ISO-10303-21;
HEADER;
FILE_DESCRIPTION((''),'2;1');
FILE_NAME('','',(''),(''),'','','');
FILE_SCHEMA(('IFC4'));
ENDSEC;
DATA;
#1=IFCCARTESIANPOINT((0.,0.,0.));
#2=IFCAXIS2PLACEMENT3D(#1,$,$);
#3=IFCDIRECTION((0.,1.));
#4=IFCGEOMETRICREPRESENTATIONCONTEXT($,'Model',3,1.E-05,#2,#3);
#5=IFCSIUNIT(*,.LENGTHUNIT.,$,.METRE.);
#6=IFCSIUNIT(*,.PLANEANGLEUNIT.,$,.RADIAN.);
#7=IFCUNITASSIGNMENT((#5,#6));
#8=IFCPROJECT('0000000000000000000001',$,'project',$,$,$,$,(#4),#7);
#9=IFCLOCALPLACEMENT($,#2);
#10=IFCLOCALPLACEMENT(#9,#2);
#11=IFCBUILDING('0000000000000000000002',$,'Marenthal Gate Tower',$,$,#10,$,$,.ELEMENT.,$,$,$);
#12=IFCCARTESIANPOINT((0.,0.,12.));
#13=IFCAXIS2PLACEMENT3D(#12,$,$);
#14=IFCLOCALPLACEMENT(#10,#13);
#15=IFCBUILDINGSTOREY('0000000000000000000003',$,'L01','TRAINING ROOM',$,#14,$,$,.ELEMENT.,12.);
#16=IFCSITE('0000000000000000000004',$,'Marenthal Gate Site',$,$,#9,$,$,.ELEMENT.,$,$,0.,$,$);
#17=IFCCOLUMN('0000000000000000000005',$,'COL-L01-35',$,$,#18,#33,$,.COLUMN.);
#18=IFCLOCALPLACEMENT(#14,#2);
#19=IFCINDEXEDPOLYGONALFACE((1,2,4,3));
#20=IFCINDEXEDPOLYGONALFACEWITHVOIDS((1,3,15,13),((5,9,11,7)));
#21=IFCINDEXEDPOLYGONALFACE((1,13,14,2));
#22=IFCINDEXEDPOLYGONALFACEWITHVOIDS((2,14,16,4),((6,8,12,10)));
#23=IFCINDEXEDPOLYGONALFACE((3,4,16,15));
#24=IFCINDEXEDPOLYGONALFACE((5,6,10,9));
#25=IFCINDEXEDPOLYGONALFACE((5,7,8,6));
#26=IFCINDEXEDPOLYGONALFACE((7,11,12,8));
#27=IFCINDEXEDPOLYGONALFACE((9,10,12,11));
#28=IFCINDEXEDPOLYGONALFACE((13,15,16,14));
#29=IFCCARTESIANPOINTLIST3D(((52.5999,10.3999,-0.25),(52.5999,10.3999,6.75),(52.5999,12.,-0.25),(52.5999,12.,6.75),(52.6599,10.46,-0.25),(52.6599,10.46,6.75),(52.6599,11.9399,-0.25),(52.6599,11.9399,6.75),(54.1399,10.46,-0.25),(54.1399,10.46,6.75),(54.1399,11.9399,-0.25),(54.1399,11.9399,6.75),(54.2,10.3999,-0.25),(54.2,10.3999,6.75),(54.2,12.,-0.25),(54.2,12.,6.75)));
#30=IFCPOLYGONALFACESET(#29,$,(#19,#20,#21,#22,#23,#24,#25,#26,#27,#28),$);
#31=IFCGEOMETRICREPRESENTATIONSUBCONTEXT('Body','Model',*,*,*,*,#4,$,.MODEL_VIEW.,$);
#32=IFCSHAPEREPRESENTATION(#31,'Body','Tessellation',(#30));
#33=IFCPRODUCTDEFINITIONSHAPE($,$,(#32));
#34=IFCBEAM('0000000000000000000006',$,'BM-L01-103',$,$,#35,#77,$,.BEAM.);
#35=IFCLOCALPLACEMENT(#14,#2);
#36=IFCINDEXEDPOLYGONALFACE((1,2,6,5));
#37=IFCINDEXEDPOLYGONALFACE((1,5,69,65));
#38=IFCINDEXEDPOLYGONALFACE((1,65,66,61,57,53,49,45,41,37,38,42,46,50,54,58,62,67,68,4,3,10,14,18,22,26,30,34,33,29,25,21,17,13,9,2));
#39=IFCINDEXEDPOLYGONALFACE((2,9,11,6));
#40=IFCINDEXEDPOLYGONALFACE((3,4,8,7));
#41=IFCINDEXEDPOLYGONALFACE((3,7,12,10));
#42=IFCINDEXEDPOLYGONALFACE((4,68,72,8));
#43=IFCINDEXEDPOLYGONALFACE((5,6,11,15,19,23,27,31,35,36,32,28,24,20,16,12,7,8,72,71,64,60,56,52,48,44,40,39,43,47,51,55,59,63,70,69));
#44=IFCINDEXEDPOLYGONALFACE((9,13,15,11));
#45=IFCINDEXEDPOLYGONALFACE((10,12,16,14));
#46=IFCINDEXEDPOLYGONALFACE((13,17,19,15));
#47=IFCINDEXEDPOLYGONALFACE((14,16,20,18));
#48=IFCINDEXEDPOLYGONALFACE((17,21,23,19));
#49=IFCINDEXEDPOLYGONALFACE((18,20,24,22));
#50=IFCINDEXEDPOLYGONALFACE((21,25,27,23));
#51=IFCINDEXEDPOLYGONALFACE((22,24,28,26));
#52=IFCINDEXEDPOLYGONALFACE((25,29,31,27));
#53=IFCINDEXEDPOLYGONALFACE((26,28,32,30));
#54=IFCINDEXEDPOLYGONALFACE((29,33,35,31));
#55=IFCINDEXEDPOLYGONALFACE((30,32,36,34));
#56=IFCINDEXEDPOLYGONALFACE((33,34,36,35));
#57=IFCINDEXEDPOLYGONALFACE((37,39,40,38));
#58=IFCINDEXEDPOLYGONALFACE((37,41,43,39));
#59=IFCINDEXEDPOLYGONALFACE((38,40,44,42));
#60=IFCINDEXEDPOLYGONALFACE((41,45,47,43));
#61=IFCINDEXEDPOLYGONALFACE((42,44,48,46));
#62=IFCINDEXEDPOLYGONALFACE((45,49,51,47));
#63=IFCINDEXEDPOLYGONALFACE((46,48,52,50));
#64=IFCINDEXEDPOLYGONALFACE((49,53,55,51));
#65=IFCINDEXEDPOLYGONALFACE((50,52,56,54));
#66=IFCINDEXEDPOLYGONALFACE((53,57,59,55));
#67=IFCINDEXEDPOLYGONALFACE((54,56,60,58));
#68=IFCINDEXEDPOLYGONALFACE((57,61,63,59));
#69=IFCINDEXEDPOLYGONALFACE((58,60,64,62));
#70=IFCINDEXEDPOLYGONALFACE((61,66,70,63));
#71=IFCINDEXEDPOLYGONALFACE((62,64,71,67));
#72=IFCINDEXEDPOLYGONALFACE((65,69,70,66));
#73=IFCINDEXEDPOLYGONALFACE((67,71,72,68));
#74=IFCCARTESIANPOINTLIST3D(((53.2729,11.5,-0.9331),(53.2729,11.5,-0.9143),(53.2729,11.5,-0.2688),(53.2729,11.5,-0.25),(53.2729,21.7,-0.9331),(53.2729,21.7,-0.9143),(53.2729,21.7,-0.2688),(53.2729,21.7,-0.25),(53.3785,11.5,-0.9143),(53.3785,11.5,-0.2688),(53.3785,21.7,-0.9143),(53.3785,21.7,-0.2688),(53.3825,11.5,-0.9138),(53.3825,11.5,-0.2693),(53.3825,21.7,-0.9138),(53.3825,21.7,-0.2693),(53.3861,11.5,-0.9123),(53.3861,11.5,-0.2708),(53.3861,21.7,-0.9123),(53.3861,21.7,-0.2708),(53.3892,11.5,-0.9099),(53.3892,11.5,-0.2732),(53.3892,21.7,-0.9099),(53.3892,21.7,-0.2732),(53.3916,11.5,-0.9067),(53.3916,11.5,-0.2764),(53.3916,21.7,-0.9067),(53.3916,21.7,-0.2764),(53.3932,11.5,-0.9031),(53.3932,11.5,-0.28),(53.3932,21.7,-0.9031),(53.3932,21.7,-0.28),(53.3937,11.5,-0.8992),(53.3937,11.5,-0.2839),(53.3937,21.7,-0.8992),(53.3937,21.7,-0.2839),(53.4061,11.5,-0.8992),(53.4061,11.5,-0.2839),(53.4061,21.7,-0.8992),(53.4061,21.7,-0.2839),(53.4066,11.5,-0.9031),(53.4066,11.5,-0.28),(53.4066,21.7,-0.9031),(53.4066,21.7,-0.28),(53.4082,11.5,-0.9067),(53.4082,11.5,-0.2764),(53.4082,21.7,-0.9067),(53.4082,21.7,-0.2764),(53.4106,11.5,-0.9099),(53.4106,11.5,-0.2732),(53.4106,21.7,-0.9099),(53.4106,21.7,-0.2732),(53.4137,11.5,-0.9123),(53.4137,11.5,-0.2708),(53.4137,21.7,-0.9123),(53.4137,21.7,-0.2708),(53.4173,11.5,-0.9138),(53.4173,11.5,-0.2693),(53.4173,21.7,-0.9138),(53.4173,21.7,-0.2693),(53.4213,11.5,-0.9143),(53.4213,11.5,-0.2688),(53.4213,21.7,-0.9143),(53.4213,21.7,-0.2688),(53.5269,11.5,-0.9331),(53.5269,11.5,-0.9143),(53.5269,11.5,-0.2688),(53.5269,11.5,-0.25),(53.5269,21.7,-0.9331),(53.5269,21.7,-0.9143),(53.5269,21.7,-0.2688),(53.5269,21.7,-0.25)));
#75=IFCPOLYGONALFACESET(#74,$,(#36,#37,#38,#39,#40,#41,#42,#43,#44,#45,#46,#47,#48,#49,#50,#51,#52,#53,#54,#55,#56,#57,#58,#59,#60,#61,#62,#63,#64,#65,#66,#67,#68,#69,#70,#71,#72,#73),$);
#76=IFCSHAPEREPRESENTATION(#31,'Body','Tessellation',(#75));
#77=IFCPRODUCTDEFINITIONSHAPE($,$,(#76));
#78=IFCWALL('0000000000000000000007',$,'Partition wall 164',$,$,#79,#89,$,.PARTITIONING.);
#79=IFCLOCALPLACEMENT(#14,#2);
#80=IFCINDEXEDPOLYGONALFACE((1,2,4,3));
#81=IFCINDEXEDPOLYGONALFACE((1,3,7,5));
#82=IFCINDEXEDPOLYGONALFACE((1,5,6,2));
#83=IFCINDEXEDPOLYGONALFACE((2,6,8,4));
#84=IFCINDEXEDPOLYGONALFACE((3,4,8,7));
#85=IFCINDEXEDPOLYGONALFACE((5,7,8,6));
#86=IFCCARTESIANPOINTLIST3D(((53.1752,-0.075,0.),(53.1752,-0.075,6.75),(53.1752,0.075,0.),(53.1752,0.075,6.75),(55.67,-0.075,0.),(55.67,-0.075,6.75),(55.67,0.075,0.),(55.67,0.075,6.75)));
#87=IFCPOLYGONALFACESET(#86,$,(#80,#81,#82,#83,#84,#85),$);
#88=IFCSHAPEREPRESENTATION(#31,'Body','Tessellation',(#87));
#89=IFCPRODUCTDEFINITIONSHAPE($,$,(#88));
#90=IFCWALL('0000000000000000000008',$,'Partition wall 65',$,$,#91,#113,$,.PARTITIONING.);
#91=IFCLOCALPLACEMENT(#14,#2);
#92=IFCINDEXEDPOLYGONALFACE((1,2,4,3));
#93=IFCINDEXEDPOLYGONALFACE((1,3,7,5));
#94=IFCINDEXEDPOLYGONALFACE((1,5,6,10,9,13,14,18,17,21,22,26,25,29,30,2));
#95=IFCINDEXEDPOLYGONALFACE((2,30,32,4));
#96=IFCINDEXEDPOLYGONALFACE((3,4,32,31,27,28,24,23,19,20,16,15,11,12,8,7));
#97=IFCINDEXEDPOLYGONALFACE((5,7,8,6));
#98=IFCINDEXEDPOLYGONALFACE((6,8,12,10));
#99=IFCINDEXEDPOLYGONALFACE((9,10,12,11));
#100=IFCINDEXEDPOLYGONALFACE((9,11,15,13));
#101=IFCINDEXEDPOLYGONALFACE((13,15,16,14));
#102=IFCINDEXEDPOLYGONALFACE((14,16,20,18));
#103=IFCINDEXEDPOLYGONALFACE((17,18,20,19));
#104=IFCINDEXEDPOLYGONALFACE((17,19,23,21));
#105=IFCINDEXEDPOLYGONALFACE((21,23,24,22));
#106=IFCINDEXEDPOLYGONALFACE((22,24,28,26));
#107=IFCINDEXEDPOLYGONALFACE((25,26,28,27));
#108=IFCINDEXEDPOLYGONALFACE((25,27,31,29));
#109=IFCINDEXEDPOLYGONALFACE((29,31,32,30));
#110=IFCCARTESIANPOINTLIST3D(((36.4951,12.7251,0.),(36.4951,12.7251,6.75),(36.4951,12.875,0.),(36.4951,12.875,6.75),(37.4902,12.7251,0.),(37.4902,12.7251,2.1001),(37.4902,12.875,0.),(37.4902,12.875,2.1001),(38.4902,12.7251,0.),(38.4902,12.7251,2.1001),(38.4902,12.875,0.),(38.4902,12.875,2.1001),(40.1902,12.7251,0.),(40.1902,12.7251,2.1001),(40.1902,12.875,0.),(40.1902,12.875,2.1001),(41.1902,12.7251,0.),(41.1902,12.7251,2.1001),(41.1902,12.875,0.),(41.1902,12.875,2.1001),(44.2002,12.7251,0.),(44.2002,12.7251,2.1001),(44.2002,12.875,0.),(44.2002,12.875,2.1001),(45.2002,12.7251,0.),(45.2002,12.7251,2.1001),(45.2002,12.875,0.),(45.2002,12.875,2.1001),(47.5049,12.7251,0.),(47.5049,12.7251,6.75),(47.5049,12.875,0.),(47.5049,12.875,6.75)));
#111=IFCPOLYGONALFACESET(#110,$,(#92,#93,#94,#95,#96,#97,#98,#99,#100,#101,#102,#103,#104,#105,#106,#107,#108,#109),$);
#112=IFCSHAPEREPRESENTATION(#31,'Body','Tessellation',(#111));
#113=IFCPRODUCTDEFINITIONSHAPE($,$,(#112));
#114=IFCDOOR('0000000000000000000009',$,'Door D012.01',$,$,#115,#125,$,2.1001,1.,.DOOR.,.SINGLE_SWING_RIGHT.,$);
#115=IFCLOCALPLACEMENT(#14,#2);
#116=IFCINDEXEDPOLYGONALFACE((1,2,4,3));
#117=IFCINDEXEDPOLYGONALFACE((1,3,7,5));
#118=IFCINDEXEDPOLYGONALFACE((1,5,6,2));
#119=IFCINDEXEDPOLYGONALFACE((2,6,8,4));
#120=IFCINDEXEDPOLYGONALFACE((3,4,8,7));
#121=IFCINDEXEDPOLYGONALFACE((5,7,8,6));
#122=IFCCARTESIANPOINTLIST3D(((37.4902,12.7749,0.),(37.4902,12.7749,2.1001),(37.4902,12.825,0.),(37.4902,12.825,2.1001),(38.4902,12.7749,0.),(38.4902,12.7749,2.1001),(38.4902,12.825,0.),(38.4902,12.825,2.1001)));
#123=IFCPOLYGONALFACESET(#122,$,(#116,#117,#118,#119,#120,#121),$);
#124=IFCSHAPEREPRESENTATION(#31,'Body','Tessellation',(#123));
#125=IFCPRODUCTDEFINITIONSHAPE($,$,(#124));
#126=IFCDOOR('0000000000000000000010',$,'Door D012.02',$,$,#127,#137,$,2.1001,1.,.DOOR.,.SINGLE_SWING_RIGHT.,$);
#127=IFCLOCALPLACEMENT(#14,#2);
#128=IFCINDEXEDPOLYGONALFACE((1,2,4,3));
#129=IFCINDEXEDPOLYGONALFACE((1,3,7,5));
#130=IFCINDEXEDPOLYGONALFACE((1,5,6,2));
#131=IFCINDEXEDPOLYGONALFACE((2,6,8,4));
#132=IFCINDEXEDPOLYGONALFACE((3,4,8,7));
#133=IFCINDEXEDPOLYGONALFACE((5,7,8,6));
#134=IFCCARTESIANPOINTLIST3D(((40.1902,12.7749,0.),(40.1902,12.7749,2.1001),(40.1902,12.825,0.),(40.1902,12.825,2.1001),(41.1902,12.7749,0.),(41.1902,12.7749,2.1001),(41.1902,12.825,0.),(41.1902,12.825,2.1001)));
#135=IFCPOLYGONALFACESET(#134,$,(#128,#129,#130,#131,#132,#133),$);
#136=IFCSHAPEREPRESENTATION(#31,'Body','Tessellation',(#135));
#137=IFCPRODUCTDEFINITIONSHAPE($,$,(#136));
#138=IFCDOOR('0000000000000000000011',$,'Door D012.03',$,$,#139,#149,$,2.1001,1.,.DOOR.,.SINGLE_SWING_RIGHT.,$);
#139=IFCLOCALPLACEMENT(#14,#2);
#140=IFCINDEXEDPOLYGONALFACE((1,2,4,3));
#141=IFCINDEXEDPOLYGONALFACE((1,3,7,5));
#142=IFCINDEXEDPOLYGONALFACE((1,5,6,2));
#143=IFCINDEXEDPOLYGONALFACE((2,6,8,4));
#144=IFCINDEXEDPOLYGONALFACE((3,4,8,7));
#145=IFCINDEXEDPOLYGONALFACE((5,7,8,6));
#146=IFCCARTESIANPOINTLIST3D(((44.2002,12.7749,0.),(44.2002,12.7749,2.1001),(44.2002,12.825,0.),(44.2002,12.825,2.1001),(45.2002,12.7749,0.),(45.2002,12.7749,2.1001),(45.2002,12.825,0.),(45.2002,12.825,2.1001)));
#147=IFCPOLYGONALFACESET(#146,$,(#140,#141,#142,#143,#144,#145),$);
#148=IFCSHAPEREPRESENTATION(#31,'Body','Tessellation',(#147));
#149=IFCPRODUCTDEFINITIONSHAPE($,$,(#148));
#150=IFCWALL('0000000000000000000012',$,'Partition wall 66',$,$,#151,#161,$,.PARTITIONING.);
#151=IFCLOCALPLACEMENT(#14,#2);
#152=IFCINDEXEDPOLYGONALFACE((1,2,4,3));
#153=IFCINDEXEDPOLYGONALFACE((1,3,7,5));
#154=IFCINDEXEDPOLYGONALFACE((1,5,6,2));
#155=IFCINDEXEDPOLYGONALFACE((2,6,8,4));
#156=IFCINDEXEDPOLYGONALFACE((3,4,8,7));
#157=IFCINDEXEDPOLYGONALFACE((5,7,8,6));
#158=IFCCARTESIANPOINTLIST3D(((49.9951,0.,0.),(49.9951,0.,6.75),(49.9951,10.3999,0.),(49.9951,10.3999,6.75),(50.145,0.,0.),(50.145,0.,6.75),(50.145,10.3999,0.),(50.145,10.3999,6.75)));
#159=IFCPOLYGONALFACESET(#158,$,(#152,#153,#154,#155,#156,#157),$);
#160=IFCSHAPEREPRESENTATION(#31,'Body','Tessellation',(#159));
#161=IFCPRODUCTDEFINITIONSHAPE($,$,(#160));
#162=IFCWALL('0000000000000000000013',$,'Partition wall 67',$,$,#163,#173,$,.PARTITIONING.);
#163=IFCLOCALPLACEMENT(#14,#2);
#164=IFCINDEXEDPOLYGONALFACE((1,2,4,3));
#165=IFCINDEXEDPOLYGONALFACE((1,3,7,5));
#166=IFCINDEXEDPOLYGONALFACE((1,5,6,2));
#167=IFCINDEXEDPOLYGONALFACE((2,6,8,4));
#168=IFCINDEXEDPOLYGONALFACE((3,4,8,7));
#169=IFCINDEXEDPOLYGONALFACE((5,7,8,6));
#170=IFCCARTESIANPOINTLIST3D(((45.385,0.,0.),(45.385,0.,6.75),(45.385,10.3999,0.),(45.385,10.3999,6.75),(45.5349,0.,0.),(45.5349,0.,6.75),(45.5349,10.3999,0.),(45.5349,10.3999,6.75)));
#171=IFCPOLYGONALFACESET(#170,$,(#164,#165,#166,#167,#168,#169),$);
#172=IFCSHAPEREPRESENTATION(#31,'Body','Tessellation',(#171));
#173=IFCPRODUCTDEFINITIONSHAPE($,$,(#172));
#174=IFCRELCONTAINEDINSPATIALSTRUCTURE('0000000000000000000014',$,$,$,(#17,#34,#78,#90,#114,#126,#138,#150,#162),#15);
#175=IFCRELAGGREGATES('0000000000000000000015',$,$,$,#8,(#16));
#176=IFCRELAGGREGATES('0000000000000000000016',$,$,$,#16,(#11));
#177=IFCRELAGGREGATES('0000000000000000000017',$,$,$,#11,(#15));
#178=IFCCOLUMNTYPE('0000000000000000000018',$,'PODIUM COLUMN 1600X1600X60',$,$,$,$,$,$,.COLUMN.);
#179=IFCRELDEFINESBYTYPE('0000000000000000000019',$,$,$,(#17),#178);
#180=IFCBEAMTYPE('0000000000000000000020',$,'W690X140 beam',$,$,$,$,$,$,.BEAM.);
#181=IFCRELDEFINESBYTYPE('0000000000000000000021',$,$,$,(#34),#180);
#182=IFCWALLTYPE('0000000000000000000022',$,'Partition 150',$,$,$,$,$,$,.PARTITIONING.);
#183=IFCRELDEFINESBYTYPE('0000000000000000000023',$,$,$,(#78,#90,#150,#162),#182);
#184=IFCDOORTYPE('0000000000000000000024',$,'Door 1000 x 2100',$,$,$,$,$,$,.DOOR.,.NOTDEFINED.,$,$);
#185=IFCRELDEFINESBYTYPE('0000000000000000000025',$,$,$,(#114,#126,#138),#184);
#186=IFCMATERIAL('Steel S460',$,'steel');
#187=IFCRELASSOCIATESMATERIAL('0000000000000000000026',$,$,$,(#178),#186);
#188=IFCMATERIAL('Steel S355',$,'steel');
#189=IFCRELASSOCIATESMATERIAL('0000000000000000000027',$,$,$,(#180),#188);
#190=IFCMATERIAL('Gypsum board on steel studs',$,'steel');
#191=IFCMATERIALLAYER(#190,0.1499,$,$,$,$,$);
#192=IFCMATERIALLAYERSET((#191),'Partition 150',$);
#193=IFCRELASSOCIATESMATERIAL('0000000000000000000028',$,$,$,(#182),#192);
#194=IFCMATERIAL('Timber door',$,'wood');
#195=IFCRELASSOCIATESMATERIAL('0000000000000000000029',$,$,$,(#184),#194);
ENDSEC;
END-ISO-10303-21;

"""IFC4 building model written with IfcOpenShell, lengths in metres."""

from ifc_helpers import new_model, si_unit, direction, frame, frame_2d, origin, origin_2d, place, context, subcontext, project, spatial, rectangle, hollow_rectangle, i_section, extrude, material, layer, layer_set, material_profile, profile_set, type_object, element, fill, save


model = new_model("IFC4")

# Units and contexts
model_context = context("Model", 3, precision=1e-05, world=origin(), true_north=direction((0.0, 1.0)))
body_context = subcontext(model_context, "Body", "Model", "MODEL_VIEW")
ifc_project = project(units=[si_unit("LENGTHUNIT", "METRE"), si_unit("PLANEANGLEUNIT", "RADIAN")], contexts=[model_context])

# Site, building, storey
site_placement = place(None, origin())
site = spatial("IfcSite", under=ifc_project, at=site_placement, Name="Marenthal Gate Site", CompositionType="ELEMENT", RefElevation=0.0)
building_placement = place(site_placement, origin())
building = spatial("IfcBuilding", under=site, at=building_placement, Name="Marenthal Gate Tower", CompositionType="ELEMENT")
storey_placement = place(building_placement, frame((0.0, 0.0, 12.0)))
storey = spatial("IfcBuildingStorey", under=building, at=storey_placement, Name="L01", Description="TRAINING ROOM", CompositionType="ELEMENT", Elevation=12.0)

# Column
ifc_material_1 = material(Name="Steel S460", Category="steel")
ifc_material_profile_1 = material_profile(ifc_material_1, hollow_rectangle(XDim=1.6001, YDim=1.6001, WallThickness=0.0601, at=origin_2d()), Name="CFT BOX 1600X1600X60")
ifc_material_2 = material(Name="Concrete 70 MPa", Category="concrete")
ifc_material_profile_2 = material_profile(ifc_material_2, rectangle(XDim=1.48, YDim=1.48, at=origin_2d()), Name="CFT BOX 1600X1600X60 INFILL")
ifc_profile_set_1 = profile_set([ifc_material_profile_1, ifc_material_profile_2], Name="Steel S460 shell, Concrete 70 MPa infill")
column_type = type_object("IfcColumnType", Name="PODIUM COLUMN 1600X1600X60", PredefinedType="COLUMN", material=ifc_profile_set_1)
column_placement = place(storey_placement, frame((53.3999, 11.2, -0.25), z_axis=(0.0, 0.0, 1.0), x_axis=(1.0, 0.0, 0.0)))
element("IfcColumn", 1, at=column_placement, inside=storey, type_object=column_type, Name="COL-L01-35", PredefinedType="COLUMN", context=body_context, shape_type="SweptSolid", body=[
    extrude(hollow_rectangle(XDim=1.6001, YDim=1.6001, WallThickness=0.0601, at=origin_2d()), origin(), (0.0, 0.0, 1.0), 7.0),
])

# Beam
ifc_material_3 = material(Name="Steel S355", Category="steel")
ifc_material_profile_3 = material_profile(ifc_material_3, i_section(OverallWidth=0.2539, OverallDepth=0.6831, WebThickness=0.0125, FlangeThickness=0.0188, FilletRadius=0.0151, at=origin_2d()), Name="W690X140")
ifc_profile_set_2 = profile_set([ifc_material_profile_3], Name="Steel S355")
beam_type = type_object("IfcBeamType", Name="W690X140 beam", PredefinedType="BEAM", material=ifc_profile_set_2)
beam_placement = place(storey_placement, frame((53.3999, 11.5, -0.5916), z_axis=(0.0, 1.0, 0.0), x_axis=(-1.0, 0.0, 0.0)))
element("IfcBeam", 2, at=beam_placement, inside=storey, type_object=beam_type, Name="BM-L01-103", PredefinedType="BEAM", context=body_context, shape_type="SweptSolid", body=[
    extrude(i_section(OverallWidth=0.2539, OverallDepth=0.6831, WebThickness=0.0125, FlangeThickness=0.0188, FilletRadius=0.0151, at=origin_2d()), origin(), (0.0, 0.0, 1.0), 10.2),
])

# Wall
ifc_material_4 = material(Name="Gypsum board on steel studs", Category="steel")
ifc_layer_1 = layer(ifc_material_4, 0.1499)
ifc_layer_set_1 = layer_set([ifc_layer_1], Name="Partition 150")
wall_type_1 = type_object("IfcWallType", Name="Partition 150", PredefinedType="PARTITIONING", material=ifc_layer_set_1)
wall_1_placement = place(storey_placement, frame((53.175, 0.0, 0.0), z_axis=(0.0, 0.0, 1.0), x_axis=(1.0, 0.0, 0.0)))
element("IfcWall", 3, at=wall_1_placement, inside=storey, type_object=wall_type_1, Name="Partition wall 164", PredefinedType="PARTITIONING", context=body_context, shape_type="SweptSolid", body=[
    extrude(rectangle(XDim=2.4949, YDim=0.1499, at=frame_2d((1.2476, 0.0))), origin(), (0.0, 0.0, 1.0), 6.75),
])

# Wall, openings, doors
wall_2_placement = place(storey_placement, frame((36.4951, 12.8, 0.0), z_axis=(0.0, 0.0, 1.0), x_axis=(1.0, 0.0, 0.0)))
wall_2 = element("IfcWall", 4, at=wall_2_placement, inside=storey, type_object=wall_type_1, Name="Partition wall 65", PredefinedType="PARTITIONING", context=body_context, shape_type="SweptSolid", body=[
    extrude(rectangle(XDim=11.0098, YDim=0.1499, at=frame_2d((5.5049, 0.0))), origin(), (0.0, 0.0, 1.0), 6.75),
])
opening_1_placement = place(wall_2_placement, frame((0.9951, 0.0, 0.0)))
opening_1 = element("IfcOpeningElement", 5, at=opening_1_placement, cuts=wall_2, PredefinedType="OPENING", context=body_context, shape_type="SweptSolid", body=[
    extrude(rectangle(XDim=1.0, YDim=2.1001, at=frame_2d((0.5, 1.05))), frame((0.0, 0.085, 0.0), z_axis=(0.0, -1.0, 0.0), x_axis=(1.0, 0.0, 0.0)), (0.0, 0.0, 1.0), 0.1699),
])
opening_2_placement = place(wall_2_placement, frame((3.6951, 0.0, 0.0)))
opening_2 = element("IfcOpeningElement", 6, at=opening_2_placement, cuts=wall_2, PredefinedType="OPENING", context=body_context, shape_type="SweptSolid", body=[
    extrude(rectangle(XDim=1.0, YDim=2.1001, at=frame_2d((0.5, 1.05))), frame((0.0, 0.085, 0.0), z_axis=(0.0, -1.0, 0.0), x_axis=(1.0, 0.0, 0.0)), (0.0, 0.0, 1.0), 0.1699),
])
opening_3_placement = place(wall_2_placement, frame((7.7051, 0.0, 0.0)))
opening_3 = element("IfcOpeningElement", 7, at=opening_3_placement, cuts=wall_2, PredefinedType="OPENING", context=body_context, shape_type="SweptSolid", body=[
    extrude(rectangle(XDim=1.0, YDim=2.1001, at=frame_2d((0.5, 1.05))), frame((0.0, 0.085, 0.0), z_axis=(0.0, -1.0, 0.0), x_axis=(1.0, 0.0, 0.0)), (0.0, 0.0, 1.0), 0.1699),
])
ifc_material_5 = material(Name="Timber door", Category="wood")
door_type_1 = type_object("IfcDoorType", Name="Door 1000 x 2100", OperationType="NOTDEFINED", PredefinedType="DOOR", material=ifc_material_5)
door_1_placement = place(opening_1_placement, origin())
door_1 = element("IfcDoor", 8, at=door_1_placement, inside=storey, type_object=door_type_1, Name="Door D012.01", OperationType="SINGLE_SWING_RIGHT", OverallHeight=2.1001, OverallWidth=1.0, PredefinedType="DOOR", context=body_context, shape_type="SweptSolid", body=[
    extrude(rectangle(XDim=1.0, YDim=2.1001, at=frame_2d((0.5, 1.05))), frame((0.0, 0.0249, 0.0), z_axis=(0.0, -1.0, 0.0), x_axis=(1.0, 0.0, 0.0)), (0.0, 0.0, 1.0), 0.05),
])
fill(opening_1, door_1)
door_2_placement = place(opening_2_placement, origin())
door_2 = element("IfcDoor", 9, at=door_2_placement, inside=storey, type_object=door_type_1, Name="Door D012.02", OperationType="SINGLE_SWING_RIGHT", OverallHeight=2.1001, OverallWidth=1.0, PredefinedType="DOOR", context=body_context, shape_type="SweptSolid", body=[
    extrude(rectangle(XDim=1.0, YDim=2.1001, at=frame_2d((0.5, 1.05))), frame((0.0, 0.0249, 0.0), z_axis=(0.0, -1.0, 0.0), x_axis=(1.0, 0.0, 0.0)), (0.0, 0.0, 1.0), 0.05),
])
fill(opening_2, door_2)
door_3_placement = place(opening_3_placement, origin())
door_3 = element("IfcDoor", 10, at=door_3_placement, inside=storey, type_object=door_type_1, Name="Door D012.03", OperationType="SINGLE_SWING_RIGHT", OverallHeight=2.1001, OverallWidth=1.0, PredefinedType="DOOR", context=body_context, shape_type="SweptSolid", body=[
    extrude(rectangle(XDim=1.0, YDim=2.1001, at=frame_2d((0.5, 1.05))), frame((0.0, 0.0249, 0.0), z_axis=(0.0, -1.0, 0.0), x_axis=(1.0, 0.0, 0.0)), (0.0, 0.0, 1.0), 0.05),
])
fill(opening_3, door_3)

# Walls
for number, where, z_axis, x_axis, name in (
    (11, (50.0701, 0.0, 0.0), (0.0, 0.0, 1.0), (0.0, 1.0, 0.0), "Partition wall 66"),
    (12, (45.46, 0.0, 0.0), (0.0, 0.0, 1.0), (0.0, 1.0, 0.0), "Partition wall 67"),
):
    element("IfcWall", number, at=place(storey_placement, frame(where, z_axis=z_axis, x_axis=x_axis)), inside=storey, type_object=wall_type_1, Name=name, PredefinedType="PARTITIONING", context=body_context, shape_type="SweptSolid", body=[
        extrude(rectangle(XDim=10.3999, YDim=0.1499, at=frame_2d((5.2, 0.0))), origin(), (0.0, 0.0, 1.0), 6.75),
    ])

save(model, "model.ifc")
